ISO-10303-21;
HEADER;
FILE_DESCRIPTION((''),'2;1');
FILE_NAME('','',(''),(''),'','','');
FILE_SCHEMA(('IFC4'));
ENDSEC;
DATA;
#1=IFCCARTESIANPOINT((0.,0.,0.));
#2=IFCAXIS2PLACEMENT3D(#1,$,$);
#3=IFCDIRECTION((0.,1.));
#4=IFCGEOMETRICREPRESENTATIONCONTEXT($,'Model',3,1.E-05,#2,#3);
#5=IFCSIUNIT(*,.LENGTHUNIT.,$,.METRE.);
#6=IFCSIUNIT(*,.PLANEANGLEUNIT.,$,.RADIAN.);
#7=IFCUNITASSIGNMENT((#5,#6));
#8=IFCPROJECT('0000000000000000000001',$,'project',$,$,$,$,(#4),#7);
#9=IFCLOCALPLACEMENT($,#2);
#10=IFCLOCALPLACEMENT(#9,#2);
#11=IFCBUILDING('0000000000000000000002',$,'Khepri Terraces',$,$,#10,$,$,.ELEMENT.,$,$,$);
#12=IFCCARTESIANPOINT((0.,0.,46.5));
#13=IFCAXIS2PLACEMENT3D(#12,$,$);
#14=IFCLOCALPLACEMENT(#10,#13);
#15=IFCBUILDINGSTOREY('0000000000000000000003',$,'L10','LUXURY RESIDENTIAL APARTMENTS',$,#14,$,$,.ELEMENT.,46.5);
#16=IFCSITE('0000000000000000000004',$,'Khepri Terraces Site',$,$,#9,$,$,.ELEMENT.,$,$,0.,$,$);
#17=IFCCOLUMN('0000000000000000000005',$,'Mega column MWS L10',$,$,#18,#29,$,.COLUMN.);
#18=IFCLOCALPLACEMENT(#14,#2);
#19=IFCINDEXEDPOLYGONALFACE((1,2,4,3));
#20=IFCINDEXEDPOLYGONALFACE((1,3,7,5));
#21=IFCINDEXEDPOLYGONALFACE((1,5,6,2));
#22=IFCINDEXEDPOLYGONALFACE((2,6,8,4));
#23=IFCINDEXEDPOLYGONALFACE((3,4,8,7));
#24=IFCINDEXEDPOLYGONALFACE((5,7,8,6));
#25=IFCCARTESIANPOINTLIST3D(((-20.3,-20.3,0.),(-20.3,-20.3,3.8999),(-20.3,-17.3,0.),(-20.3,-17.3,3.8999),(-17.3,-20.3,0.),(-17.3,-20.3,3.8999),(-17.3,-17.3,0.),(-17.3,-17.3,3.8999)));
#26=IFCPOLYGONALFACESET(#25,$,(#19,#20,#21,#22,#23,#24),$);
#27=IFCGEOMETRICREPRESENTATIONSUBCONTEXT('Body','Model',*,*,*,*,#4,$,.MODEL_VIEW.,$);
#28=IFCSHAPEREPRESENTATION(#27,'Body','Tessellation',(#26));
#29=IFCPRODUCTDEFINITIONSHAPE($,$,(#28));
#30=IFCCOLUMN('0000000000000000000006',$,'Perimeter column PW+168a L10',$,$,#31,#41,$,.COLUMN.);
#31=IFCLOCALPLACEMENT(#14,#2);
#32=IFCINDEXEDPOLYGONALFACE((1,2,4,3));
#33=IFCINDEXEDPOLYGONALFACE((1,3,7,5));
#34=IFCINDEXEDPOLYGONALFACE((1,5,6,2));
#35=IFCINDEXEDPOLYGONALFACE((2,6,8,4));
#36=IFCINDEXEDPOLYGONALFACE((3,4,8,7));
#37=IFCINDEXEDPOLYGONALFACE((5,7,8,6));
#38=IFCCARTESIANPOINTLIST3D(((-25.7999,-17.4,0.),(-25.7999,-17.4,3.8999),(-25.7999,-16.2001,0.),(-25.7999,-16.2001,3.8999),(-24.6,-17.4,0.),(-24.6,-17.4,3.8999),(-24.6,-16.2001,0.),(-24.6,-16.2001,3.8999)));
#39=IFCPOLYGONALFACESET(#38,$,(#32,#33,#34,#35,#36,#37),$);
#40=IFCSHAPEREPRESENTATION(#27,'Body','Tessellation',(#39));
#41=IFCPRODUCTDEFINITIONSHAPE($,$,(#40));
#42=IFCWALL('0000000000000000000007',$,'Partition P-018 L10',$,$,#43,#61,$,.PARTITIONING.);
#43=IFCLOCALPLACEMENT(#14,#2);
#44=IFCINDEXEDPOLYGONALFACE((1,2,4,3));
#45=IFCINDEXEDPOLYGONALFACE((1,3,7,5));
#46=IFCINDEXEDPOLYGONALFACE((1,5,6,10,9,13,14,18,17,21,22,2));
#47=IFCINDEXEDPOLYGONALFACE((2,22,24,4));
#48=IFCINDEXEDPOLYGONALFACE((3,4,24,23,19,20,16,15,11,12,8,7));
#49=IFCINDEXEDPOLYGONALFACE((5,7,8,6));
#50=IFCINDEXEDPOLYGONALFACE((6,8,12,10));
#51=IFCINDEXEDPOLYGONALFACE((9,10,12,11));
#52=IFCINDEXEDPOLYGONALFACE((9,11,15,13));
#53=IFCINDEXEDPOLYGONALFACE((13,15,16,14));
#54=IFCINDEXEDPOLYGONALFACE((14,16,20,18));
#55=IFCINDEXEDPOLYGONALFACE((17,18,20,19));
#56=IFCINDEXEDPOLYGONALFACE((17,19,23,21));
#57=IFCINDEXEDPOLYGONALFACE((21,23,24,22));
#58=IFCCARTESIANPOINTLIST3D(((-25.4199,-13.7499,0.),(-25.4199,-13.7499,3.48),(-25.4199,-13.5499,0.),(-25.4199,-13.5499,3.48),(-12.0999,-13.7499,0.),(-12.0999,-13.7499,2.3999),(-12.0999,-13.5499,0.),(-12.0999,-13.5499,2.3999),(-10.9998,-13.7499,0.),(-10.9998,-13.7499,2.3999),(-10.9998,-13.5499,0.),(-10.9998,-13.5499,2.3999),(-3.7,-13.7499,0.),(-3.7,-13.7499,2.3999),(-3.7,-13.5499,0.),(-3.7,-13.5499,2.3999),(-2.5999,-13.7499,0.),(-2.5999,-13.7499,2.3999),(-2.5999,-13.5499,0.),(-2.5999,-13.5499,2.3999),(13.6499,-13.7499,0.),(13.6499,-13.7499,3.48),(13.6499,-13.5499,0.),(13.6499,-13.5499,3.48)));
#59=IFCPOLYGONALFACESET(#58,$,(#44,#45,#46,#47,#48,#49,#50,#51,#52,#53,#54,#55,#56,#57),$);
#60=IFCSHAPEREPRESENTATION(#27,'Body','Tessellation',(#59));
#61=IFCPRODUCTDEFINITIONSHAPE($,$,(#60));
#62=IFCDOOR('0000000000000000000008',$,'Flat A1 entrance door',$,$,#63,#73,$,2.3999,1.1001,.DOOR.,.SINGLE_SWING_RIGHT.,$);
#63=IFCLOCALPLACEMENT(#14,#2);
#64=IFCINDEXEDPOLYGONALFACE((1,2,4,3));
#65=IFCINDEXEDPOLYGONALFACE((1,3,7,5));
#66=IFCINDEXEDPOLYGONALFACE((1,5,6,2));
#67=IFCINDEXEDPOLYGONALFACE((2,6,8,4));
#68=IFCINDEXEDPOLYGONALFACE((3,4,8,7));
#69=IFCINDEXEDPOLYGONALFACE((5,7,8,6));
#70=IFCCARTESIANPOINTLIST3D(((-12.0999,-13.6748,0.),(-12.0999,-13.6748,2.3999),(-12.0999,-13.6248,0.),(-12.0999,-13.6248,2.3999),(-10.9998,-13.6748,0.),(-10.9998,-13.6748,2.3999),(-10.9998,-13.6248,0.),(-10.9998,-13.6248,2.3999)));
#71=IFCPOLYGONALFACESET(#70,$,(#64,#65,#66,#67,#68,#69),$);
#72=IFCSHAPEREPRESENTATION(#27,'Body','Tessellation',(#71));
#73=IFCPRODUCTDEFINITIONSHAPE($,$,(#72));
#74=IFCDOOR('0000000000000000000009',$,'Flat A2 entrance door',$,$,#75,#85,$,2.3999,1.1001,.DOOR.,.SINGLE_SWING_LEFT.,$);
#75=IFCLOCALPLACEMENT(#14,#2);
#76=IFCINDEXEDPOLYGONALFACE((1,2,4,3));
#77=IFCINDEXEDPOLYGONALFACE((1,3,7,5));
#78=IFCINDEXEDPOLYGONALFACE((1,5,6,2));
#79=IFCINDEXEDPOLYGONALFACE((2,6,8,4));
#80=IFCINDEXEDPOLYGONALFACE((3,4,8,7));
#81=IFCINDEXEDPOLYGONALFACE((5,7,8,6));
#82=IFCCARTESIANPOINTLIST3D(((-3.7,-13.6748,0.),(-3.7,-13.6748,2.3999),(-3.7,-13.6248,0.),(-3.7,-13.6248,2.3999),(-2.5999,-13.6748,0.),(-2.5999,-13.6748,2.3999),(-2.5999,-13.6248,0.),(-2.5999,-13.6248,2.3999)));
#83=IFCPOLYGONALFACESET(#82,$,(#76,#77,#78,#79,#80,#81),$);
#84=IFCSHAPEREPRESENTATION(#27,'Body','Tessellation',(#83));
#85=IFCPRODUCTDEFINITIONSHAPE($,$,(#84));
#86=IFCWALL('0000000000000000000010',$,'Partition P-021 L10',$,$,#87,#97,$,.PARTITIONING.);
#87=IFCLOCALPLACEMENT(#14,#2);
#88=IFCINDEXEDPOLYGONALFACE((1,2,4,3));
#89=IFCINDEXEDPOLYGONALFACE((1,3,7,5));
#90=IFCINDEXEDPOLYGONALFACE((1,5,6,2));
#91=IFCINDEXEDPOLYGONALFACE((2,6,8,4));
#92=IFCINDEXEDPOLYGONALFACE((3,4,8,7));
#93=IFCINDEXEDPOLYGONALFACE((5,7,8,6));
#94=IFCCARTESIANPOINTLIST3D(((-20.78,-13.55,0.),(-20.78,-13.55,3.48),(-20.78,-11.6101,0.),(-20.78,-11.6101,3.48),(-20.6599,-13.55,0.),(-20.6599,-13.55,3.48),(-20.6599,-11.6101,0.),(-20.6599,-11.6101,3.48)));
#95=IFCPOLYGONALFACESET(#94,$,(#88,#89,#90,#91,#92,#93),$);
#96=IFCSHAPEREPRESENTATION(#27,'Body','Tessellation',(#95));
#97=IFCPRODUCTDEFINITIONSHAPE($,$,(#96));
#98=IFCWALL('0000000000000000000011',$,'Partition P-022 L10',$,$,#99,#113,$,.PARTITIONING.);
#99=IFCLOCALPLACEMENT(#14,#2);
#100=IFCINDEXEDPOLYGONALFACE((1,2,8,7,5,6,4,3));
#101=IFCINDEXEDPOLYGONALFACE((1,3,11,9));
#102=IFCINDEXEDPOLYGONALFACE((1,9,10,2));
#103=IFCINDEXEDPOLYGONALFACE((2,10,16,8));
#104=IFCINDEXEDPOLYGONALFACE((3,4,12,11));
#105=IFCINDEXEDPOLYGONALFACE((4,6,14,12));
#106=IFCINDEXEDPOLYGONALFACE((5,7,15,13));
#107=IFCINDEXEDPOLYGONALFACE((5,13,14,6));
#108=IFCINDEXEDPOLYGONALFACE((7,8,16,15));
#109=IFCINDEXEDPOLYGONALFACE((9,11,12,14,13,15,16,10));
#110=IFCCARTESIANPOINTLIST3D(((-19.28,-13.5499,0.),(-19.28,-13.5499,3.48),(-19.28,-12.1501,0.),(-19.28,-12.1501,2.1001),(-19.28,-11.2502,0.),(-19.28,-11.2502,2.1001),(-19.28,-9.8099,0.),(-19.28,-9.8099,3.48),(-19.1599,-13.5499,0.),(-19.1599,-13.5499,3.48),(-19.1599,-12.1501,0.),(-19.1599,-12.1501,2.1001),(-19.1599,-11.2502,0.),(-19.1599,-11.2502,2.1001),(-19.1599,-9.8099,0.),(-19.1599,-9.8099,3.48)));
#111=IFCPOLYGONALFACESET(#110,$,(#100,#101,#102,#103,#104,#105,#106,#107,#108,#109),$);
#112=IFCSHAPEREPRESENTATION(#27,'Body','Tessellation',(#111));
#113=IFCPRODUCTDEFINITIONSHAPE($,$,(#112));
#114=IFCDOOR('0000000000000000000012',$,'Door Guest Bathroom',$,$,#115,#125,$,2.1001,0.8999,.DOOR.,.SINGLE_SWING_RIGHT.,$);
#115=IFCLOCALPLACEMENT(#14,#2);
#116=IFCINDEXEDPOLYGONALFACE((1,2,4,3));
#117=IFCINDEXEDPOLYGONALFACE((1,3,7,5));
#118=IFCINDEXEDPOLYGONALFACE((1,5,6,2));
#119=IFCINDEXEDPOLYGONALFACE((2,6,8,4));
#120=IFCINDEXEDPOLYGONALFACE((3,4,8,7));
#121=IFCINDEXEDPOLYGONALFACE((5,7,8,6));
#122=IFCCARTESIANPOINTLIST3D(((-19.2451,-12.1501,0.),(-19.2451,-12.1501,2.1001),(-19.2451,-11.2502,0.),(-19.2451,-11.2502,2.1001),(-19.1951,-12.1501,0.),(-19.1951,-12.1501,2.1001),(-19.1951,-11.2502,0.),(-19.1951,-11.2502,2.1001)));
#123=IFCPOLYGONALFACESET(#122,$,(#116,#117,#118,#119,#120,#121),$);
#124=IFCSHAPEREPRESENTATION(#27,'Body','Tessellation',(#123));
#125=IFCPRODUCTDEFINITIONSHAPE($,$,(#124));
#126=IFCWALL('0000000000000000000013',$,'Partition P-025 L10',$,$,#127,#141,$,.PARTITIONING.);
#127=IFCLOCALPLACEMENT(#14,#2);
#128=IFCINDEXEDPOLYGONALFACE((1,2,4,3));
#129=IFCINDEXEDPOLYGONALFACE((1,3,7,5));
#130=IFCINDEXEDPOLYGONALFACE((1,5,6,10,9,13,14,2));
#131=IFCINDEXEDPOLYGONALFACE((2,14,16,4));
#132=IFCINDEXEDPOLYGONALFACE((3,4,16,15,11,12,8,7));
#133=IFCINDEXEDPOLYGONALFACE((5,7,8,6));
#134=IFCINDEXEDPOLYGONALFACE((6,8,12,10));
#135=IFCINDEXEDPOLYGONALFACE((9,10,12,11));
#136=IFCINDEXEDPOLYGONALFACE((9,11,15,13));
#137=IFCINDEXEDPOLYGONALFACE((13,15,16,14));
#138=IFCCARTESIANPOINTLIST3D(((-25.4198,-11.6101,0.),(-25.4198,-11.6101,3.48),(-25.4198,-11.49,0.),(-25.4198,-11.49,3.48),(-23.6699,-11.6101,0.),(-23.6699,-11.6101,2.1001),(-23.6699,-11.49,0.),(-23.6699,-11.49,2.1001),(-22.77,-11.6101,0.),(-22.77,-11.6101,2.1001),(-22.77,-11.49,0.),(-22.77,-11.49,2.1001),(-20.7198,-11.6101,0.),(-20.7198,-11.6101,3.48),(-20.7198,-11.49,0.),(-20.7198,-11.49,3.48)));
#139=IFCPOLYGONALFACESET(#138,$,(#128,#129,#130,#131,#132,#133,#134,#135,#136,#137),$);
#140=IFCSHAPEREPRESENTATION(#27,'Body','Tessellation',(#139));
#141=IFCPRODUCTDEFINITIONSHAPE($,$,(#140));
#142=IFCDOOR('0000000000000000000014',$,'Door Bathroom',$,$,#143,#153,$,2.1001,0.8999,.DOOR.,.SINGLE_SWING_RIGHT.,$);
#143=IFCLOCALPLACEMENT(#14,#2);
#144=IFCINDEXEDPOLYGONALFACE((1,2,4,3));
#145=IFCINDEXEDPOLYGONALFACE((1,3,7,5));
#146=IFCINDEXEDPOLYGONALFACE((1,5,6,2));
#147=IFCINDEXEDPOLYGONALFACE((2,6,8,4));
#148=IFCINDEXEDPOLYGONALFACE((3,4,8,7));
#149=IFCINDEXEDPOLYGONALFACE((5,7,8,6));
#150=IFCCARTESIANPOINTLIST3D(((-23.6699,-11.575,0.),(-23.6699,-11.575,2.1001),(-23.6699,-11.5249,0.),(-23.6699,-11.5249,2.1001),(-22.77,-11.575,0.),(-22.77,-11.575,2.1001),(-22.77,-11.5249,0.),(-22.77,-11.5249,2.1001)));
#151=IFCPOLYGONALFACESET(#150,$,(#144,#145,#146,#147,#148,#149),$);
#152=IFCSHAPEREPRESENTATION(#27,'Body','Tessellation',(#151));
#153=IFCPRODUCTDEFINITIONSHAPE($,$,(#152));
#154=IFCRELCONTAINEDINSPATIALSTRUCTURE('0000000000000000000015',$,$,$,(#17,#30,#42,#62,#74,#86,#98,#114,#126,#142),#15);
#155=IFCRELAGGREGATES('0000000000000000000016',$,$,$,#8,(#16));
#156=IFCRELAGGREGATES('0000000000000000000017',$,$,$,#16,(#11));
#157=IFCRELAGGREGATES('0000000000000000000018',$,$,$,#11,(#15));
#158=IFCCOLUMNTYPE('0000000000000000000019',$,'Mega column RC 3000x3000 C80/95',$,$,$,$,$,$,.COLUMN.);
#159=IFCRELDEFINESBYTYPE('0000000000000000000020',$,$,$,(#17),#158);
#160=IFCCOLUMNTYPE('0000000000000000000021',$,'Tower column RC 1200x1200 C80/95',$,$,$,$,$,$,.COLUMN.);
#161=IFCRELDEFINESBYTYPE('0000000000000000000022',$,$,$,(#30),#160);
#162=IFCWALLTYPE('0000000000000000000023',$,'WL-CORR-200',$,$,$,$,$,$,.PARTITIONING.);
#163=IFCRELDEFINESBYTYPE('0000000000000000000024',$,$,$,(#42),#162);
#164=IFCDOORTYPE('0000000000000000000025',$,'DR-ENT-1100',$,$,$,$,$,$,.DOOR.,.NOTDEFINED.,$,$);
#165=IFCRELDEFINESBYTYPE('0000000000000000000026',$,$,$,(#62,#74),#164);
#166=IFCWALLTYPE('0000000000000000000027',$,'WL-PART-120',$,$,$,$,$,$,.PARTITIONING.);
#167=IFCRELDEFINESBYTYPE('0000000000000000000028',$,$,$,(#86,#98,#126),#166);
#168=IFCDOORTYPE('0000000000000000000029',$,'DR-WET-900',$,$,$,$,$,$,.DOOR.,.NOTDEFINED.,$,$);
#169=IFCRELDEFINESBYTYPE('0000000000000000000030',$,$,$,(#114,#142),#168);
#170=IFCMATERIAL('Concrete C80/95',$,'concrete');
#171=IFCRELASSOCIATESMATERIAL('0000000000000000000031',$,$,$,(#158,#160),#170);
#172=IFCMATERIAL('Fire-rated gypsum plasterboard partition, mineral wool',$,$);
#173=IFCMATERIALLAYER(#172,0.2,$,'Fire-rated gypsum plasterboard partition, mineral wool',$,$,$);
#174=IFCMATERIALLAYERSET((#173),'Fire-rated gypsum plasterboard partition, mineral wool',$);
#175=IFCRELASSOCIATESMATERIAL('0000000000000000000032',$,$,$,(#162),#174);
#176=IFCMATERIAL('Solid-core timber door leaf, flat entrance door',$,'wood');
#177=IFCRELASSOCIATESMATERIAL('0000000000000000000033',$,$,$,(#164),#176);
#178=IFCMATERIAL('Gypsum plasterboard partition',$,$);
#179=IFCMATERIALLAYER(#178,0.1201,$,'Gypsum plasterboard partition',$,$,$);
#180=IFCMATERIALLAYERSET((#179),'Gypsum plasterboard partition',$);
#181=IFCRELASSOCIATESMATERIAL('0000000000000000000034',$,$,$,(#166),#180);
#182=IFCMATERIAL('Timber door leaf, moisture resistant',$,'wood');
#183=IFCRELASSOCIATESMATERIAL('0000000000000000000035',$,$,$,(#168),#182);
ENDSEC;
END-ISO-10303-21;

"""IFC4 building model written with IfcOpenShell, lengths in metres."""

from ifc_helpers import new_model, si_unit, direction, frame, frame_2d, origin, origin_2d, place, context, subcontext, project, spatial, rectangle, extrude, material, layer, layer_set, material_profile, profile_set, type_object, element, fill, save


model = new_model("IFC4")

# Units and contexts
model_context = context("Model", 3, precision=1e-05, world=origin(), true_north=direction((0.0, 1.0)))
body_context = subcontext(model_context, "Body", "Model", "MODEL_VIEW")
ifc_project = project(units=[si_unit("LENGTHUNIT", "METRE"), si_unit("PLANEANGLEUNIT", "RADIAN")], contexts=[model_context])

# Site, building, storey
site_placement = place(None, origin())
site = spatial("IfcSite", under=ifc_project, at=site_placement, Name="Khepri Terraces Site", CompositionType="ELEMENT", RefElevation=0.0)
building_placement = place(site_placement, origin())
building = spatial("IfcBuilding", under=site, at=building_placement, Name="Khepri Terraces", CompositionType="ELEMENT")
storey_placement = place(building_placement, frame((0.0, 0.0, 46.5)))
storey = spatial("IfcBuildingStorey", under=building, at=storey_placement, Name="L10", Description="LUXURY RESIDENTIAL APARTMENTS", CompositionType="ELEMENT", Elevation=46.5)

# Columns
ifc_material_1 = material(Name="Concrete C80/95", Category="concrete")
ifc_material_profile_1 = material_profile(ifc_material_1, rectangle(XDim=3.0, YDim=3.0, at=origin_2d()), Name="Concrete C80/95", Category="concrete")
ifc_profile_set_1 = profile_set([ifc_material_profile_1], Name="Concrete C80/95")
column_type_1 = type_object("IfcColumnType", Name="Mega column RC 3000x3000 C80/95", PredefinedType="COLUMN", material=ifc_profile_set_1)
column_1_placement = place(storey_placement, frame((-18.8, -18.8, 0.0), z_axis=(0.0, 0.0, 1.0), x_axis=(1.0, 0.0, 0.0)))
element("IfcColumn", 1, at=column_1_placement, inside=storey, type_object=column_type_1, Name="Mega column MWS L10", PredefinedType="COLUMN", context=body_context, shape_type="SweptSolid", body=[
    extrude(rectangle(XDim=3.0, YDim=3.0, at=origin_2d()), origin(), (0.0, 0.0, 1.0), 3.8999),
])
ifc_material_profile_2 = material_profile(ifc_material_1, rectangle(XDim=1.2, YDim=1.2, at=origin_2d()), Name="Concrete C80/95", Category="concrete")
ifc_profile_set_2 = profile_set([ifc_material_profile_2], Name="Concrete C80/95")
column_type_2 = type_object("IfcColumnType", Name="Tower column RC 1200x1200 C80/95", PredefinedType="COLUMN", material=ifc_profile_set_2)
column_2_placement = place(storey_placement, frame((-25.2, -16.8, 0.0), z_axis=(0.0, 0.0, 1.0), x_axis=(1.0, 0.0, 0.0)))
element("IfcColumn", 2, at=column_2_placement, inside=storey, type_object=column_type_2, Name="Perimeter column PW+168a L10", PredefinedType="COLUMN", context=body_context, shape_type="SweptSolid", body=[
    extrude(rectangle(XDim=1.2, YDim=1.2, at=origin_2d()), origin(), (0.0, 0.0, 1.0), 3.8999),
])

# Wall, openings, doors
ifc_material_2 = material(Name="Fire-rated gypsum plasterboard partition, mineral wool")
ifc_layer_1 = layer(ifc_material_2, 0.2, Name="Fire-rated gypsum plasterboard partition, mineral wool")
ifc_layer_set_1 = layer_set([ifc_layer_1], Name="Fire-rated gypsum plasterboard partition, mineral wool")
wall_type_1 = type_object("IfcWallType", Name="WL-CORR-200", PredefinedType="PARTITIONING", material=ifc_layer_set_1)
wall_1_placement = place(storey_placement, frame((-25.4199, -13.6499, 0.0), z_axis=(0.0, 0.0, 1.0), x_axis=(1.0, 0.0, 0.0)))
wall_1 = element("IfcWall", 3, at=wall_1_placement, inside=storey, type_object=wall_type_1, Name="Partition P-018 L10", PredefinedType="PARTITIONING", context=body_context, shape_type="SweptSolid", body=[
    extrude(rectangle(XDim=39.0698, YDim=0.2, at=frame_2d((19.5349, 0.0))), origin(), (0.0, 0.0, 1.0), 3.48),
])
opening_1_placement = place(wall_1_placement, frame((13.3201, 0.0, 0.0)))
opening_1 = element("IfcOpeningElement", 4, at=opening_1_placement, cuts=wall_1, PredefinedType="OPENING", context=body_context, shape_type="SweptSolid", body=[
    extrude(rectangle(XDim=1.1001, YDim=2.3999, at=frame_2d((0.55, 1.2))), frame((0.0, 0.1099, 0.0), z_axis=(0.0, -1.0, 0.0), x_axis=(1.0, 0.0, 0.0)), (0.0, 0.0, 1.0), 0.22),
])
opening_2_placement = place(wall_1_placement, frame((21.72, 0.0, 0.0)))
opening_2 = element("IfcOpeningElement", 5, at=opening_2_placement, cuts=wall_1, PredefinedType="OPENING", context=body_context, shape_type="SweptSolid", body=[
    extrude(rectangle(XDim=1.1001, YDim=2.3999, at=frame_2d((0.55, 1.2))), frame((0.0, 0.1099, 0.0), z_axis=(0.0, -1.0, 0.0), x_axis=(1.0, 0.0, 0.0)), (0.0, 0.0, 1.0), 0.22),
])
ifc_material_3 = material(Name="Solid-core timber door leaf, flat entrance door", Category="wood")
door_type_1 = type_object("IfcDoorType", Name="DR-ENT-1100", OperationType="NOTDEFINED", PredefinedType="DOOR", material=ifc_material_3)
door_1_placement = place(opening_1_placement, frame((1.1001, 0.0, 0.0), z_axis=(0.0, 0.0, 1.0), x_axis=(-1.0, 0.0, 0.0)))
door_1 = element("IfcDoor", 6, at=door_1_placement, inside=storey, type_object=door_type_1, Name="Flat A1 entrance door", OperationType="SINGLE_SWING_RIGHT", OverallHeight=2.3999, OverallWidth=1.1001, PredefinedType="DOOR", context=body_context, shape_type="SweptSolid", body=[
    extrude(rectangle(XDim=1.1001, YDim=2.3999, at=frame_2d((0.55, 1.2))), frame((0.0, 0.0249, 0.0), z_axis=(0.0, -1.0, 0.0), x_axis=(1.0, 0.0, 0.0)), (0.0, 0.0, 1.0), 0.05),
])
fill(opening_1, door_1)
door_2_placement = place(opening_2_placement, frame((1.1001, 0.0, 0.0), z_axis=(0.0, 0.0, 1.0), x_axis=(-1.0, 0.0, 0.0)))
door_2 = element("IfcDoor", 7, at=door_2_placement, inside=storey, type_object=door_type_1, Name="Flat A2 entrance door", OperationType="SINGLE_SWING_LEFT", OverallHeight=2.3999, OverallWidth=1.1001, PredefinedType="DOOR", context=body_context, shape_type="SweptSolid", body=[
    extrude(rectangle(XDim=1.1001, YDim=2.3999, at=frame_2d((0.55, 1.2))), frame((0.0, 0.0249, 0.0), z_axis=(0.0, -1.0, 0.0), x_axis=(1.0, 0.0, 0.0)), (0.0, 0.0, 1.0), 0.05),
])
fill(opening_2, door_2)

# Wall
ifc_material_4 = material(Name="Gypsum plasterboard partition")
ifc_layer_2 = layer(ifc_material_4, 0.1201, Name="Gypsum plasterboard partition")
ifc_layer_set_2 = layer_set([ifc_layer_2], Name="Gypsum plasterboard partition")
wall_type_2 = type_object("IfcWallType", Name="WL-PART-120", PredefinedType="PARTITIONING", material=ifc_layer_set_2)
wall_2_placement = place(storey_placement, frame((-20.72, -13.55, 0.0), z_axis=(0.0, 0.0, 1.0), x_axis=(0.0, 1.0, 0.0)))
element("IfcWall", 8, at=wall_2_placement, inside=storey, type_object=wall_type_2, Name="Partition P-021 L10", PredefinedType="PARTITIONING", context=body_context, shape_type="SweptSolid", body=[
    extrude(rectangle(XDim=1.9399, YDim=0.1201, at=frame_2d((0.97, 0.0))), origin(), (0.0, 0.0, 1.0), 3.48),
])

# Walls, openings, doors
wall_3_placement = place(storey_placement, frame((-19.22, -13.55, 0.0), z_axis=(0.0, 0.0, 1.0), x_axis=(0.0, 1.0, 0.0)))
wall_3 = element("IfcWall", 9, at=wall_3_placement, inside=storey, type_object=wall_type_2, Name="Partition P-022 L10", PredefinedType="PARTITIONING", context=body_context, shape_type="SweptSolid", body=[
    extrude(rectangle(XDim=3.74, YDim=0.1201, at=frame_2d((1.8701, 0.0))), origin(), (0.0, 0.0, 1.0), 3.48),
])
opening_3_placement = place(wall_3_placement, frame((1.3999, 0.0, 0.0)))
opening_3 = element("IfcOpeningElement", 10, at=opening_3_placement, cuts=wall_3, PredefinedType="OPENING", context=body_context, shape_type="SweptSolid", body=[
    extrude(rectangle(XDim=0.8999, YDim=2.1001, at=frame_2d((0.45, 1.05))), frame((0.0, 0.0701, 0.0), z_axis=(0.0, -1.0, 0.0), x_axis=(1.0, 0.0, 0.0)), (0.0, 0.0, 1.0), 0.1401),
])
ifc_material_5 = material(Name="Timber door leaf, moisture resistant", Category="wood")
door_type_2 = type_object("IfcDoorType", Name="DR-WET-900", OperationType="NOTDEFINED", PredefinedType="DOOR", material=ifc_material_5)
door_3_placement = place(opening_3_placement, frame((0.8999, 0.0, 0.0), z_axis=(0.0, 0.0, 1.0), x_axis=(-1.0, 0.0, 0.0)))
door_3 = element("IfcDoor", 11, at=door_3_placement, inside=storey, type_object=door_type_2, Name="Door Guest Bathroom", OperationType="SINGLE_SWING_RIGHT", OverallHeight=2.1001, OverallWidth=0.8999, PredefinedType="DOOR", context=body_context, shape_type="SweptSolid", body=[
    extrude(rectangle(XDim=0.8999, YDim=2.1001, at=frame_2d((0.45, 1.05))), frame((0.0, 0.0249, 0.0), z_axis=(0.0, -1.0, 0.0), x_axis=(1.0, 0.0, 0.0)), (0.0, 0.0, 1.0), 0.05),
])
fill(opening_3, door_3)
wall_4_placement = place(storey_placement, frame((-25.4199, -11.55, 0.0), z_axis=(0.0, 0.0, 1.0), x_axis=(1.0, 0.0, 0.0)))
wall_4 = element("IfcWall", 12, at=wall_4_placement, inside=storey, type_object=wall_type_2, Name="Partition P-025 L10", PredefinedType="PARTITIONING", context=body_context, shape_type="SweptSolid", body=[
    extrude(rectangle(XDim=4.7, YDim=0.1201, at=frame_2d((2.3501, 0.0))), origin(), (0.0, 0.0, 1.0), 3.48),
])
opening_4_placement = place(wall_4_placement, frame((1.75, 0.0, 0.0)))
opening_4 = element("IfcOpeningElement", 13, at=opening_4_placement, cuts=wall_4, PredefinedType="OPENING", context=body_context, shape_type="SweptSolid", body=[
    extrude(rectangle(XDim=0.8999, YDim=2.1001, at=frame_2d((0.45, 1.05))), frame((0.0, 0.0701, 0.0), z_axis=(0.0, -1.0, 0.0), x_axis=(1.0, 0.0, 0.0)), (0.0, 0.0, 1.0), 0.1401),
])
door_4_placement = place(opening_4_placement, frame((0.8999, 0.0, 0.0), z_axis=(0.0, 0.0, 1.0), x_axis=(-1.0, 0.0, 0.0)))
door_4 = element("IfcDoor", 14, at=door_4_placement, inside=storey, type_object=door_type_2, Name="Door Bathroom", OperationType="SINGLE_SWING_RIGHT", OverallHeight=2.1001, OverallWidth=0.8999, PredefinedType="DOOR", context=body_context, shape_type="SweptSolid", body=[
    extrude(rectangle(XDim=0.8999, YDim=2.1001, at=frame_2d((0.45, 1.05))), frame((0.0, 0.0249, 0.0), z_axis=(0.0, -1.0, 0.0), x_axis=(1.0, 0.0, 0.0)), (0.0, 0.0, 1.0), 0.05),
])
fill(opening_4, door_4)

save(model, "model.ifc")
